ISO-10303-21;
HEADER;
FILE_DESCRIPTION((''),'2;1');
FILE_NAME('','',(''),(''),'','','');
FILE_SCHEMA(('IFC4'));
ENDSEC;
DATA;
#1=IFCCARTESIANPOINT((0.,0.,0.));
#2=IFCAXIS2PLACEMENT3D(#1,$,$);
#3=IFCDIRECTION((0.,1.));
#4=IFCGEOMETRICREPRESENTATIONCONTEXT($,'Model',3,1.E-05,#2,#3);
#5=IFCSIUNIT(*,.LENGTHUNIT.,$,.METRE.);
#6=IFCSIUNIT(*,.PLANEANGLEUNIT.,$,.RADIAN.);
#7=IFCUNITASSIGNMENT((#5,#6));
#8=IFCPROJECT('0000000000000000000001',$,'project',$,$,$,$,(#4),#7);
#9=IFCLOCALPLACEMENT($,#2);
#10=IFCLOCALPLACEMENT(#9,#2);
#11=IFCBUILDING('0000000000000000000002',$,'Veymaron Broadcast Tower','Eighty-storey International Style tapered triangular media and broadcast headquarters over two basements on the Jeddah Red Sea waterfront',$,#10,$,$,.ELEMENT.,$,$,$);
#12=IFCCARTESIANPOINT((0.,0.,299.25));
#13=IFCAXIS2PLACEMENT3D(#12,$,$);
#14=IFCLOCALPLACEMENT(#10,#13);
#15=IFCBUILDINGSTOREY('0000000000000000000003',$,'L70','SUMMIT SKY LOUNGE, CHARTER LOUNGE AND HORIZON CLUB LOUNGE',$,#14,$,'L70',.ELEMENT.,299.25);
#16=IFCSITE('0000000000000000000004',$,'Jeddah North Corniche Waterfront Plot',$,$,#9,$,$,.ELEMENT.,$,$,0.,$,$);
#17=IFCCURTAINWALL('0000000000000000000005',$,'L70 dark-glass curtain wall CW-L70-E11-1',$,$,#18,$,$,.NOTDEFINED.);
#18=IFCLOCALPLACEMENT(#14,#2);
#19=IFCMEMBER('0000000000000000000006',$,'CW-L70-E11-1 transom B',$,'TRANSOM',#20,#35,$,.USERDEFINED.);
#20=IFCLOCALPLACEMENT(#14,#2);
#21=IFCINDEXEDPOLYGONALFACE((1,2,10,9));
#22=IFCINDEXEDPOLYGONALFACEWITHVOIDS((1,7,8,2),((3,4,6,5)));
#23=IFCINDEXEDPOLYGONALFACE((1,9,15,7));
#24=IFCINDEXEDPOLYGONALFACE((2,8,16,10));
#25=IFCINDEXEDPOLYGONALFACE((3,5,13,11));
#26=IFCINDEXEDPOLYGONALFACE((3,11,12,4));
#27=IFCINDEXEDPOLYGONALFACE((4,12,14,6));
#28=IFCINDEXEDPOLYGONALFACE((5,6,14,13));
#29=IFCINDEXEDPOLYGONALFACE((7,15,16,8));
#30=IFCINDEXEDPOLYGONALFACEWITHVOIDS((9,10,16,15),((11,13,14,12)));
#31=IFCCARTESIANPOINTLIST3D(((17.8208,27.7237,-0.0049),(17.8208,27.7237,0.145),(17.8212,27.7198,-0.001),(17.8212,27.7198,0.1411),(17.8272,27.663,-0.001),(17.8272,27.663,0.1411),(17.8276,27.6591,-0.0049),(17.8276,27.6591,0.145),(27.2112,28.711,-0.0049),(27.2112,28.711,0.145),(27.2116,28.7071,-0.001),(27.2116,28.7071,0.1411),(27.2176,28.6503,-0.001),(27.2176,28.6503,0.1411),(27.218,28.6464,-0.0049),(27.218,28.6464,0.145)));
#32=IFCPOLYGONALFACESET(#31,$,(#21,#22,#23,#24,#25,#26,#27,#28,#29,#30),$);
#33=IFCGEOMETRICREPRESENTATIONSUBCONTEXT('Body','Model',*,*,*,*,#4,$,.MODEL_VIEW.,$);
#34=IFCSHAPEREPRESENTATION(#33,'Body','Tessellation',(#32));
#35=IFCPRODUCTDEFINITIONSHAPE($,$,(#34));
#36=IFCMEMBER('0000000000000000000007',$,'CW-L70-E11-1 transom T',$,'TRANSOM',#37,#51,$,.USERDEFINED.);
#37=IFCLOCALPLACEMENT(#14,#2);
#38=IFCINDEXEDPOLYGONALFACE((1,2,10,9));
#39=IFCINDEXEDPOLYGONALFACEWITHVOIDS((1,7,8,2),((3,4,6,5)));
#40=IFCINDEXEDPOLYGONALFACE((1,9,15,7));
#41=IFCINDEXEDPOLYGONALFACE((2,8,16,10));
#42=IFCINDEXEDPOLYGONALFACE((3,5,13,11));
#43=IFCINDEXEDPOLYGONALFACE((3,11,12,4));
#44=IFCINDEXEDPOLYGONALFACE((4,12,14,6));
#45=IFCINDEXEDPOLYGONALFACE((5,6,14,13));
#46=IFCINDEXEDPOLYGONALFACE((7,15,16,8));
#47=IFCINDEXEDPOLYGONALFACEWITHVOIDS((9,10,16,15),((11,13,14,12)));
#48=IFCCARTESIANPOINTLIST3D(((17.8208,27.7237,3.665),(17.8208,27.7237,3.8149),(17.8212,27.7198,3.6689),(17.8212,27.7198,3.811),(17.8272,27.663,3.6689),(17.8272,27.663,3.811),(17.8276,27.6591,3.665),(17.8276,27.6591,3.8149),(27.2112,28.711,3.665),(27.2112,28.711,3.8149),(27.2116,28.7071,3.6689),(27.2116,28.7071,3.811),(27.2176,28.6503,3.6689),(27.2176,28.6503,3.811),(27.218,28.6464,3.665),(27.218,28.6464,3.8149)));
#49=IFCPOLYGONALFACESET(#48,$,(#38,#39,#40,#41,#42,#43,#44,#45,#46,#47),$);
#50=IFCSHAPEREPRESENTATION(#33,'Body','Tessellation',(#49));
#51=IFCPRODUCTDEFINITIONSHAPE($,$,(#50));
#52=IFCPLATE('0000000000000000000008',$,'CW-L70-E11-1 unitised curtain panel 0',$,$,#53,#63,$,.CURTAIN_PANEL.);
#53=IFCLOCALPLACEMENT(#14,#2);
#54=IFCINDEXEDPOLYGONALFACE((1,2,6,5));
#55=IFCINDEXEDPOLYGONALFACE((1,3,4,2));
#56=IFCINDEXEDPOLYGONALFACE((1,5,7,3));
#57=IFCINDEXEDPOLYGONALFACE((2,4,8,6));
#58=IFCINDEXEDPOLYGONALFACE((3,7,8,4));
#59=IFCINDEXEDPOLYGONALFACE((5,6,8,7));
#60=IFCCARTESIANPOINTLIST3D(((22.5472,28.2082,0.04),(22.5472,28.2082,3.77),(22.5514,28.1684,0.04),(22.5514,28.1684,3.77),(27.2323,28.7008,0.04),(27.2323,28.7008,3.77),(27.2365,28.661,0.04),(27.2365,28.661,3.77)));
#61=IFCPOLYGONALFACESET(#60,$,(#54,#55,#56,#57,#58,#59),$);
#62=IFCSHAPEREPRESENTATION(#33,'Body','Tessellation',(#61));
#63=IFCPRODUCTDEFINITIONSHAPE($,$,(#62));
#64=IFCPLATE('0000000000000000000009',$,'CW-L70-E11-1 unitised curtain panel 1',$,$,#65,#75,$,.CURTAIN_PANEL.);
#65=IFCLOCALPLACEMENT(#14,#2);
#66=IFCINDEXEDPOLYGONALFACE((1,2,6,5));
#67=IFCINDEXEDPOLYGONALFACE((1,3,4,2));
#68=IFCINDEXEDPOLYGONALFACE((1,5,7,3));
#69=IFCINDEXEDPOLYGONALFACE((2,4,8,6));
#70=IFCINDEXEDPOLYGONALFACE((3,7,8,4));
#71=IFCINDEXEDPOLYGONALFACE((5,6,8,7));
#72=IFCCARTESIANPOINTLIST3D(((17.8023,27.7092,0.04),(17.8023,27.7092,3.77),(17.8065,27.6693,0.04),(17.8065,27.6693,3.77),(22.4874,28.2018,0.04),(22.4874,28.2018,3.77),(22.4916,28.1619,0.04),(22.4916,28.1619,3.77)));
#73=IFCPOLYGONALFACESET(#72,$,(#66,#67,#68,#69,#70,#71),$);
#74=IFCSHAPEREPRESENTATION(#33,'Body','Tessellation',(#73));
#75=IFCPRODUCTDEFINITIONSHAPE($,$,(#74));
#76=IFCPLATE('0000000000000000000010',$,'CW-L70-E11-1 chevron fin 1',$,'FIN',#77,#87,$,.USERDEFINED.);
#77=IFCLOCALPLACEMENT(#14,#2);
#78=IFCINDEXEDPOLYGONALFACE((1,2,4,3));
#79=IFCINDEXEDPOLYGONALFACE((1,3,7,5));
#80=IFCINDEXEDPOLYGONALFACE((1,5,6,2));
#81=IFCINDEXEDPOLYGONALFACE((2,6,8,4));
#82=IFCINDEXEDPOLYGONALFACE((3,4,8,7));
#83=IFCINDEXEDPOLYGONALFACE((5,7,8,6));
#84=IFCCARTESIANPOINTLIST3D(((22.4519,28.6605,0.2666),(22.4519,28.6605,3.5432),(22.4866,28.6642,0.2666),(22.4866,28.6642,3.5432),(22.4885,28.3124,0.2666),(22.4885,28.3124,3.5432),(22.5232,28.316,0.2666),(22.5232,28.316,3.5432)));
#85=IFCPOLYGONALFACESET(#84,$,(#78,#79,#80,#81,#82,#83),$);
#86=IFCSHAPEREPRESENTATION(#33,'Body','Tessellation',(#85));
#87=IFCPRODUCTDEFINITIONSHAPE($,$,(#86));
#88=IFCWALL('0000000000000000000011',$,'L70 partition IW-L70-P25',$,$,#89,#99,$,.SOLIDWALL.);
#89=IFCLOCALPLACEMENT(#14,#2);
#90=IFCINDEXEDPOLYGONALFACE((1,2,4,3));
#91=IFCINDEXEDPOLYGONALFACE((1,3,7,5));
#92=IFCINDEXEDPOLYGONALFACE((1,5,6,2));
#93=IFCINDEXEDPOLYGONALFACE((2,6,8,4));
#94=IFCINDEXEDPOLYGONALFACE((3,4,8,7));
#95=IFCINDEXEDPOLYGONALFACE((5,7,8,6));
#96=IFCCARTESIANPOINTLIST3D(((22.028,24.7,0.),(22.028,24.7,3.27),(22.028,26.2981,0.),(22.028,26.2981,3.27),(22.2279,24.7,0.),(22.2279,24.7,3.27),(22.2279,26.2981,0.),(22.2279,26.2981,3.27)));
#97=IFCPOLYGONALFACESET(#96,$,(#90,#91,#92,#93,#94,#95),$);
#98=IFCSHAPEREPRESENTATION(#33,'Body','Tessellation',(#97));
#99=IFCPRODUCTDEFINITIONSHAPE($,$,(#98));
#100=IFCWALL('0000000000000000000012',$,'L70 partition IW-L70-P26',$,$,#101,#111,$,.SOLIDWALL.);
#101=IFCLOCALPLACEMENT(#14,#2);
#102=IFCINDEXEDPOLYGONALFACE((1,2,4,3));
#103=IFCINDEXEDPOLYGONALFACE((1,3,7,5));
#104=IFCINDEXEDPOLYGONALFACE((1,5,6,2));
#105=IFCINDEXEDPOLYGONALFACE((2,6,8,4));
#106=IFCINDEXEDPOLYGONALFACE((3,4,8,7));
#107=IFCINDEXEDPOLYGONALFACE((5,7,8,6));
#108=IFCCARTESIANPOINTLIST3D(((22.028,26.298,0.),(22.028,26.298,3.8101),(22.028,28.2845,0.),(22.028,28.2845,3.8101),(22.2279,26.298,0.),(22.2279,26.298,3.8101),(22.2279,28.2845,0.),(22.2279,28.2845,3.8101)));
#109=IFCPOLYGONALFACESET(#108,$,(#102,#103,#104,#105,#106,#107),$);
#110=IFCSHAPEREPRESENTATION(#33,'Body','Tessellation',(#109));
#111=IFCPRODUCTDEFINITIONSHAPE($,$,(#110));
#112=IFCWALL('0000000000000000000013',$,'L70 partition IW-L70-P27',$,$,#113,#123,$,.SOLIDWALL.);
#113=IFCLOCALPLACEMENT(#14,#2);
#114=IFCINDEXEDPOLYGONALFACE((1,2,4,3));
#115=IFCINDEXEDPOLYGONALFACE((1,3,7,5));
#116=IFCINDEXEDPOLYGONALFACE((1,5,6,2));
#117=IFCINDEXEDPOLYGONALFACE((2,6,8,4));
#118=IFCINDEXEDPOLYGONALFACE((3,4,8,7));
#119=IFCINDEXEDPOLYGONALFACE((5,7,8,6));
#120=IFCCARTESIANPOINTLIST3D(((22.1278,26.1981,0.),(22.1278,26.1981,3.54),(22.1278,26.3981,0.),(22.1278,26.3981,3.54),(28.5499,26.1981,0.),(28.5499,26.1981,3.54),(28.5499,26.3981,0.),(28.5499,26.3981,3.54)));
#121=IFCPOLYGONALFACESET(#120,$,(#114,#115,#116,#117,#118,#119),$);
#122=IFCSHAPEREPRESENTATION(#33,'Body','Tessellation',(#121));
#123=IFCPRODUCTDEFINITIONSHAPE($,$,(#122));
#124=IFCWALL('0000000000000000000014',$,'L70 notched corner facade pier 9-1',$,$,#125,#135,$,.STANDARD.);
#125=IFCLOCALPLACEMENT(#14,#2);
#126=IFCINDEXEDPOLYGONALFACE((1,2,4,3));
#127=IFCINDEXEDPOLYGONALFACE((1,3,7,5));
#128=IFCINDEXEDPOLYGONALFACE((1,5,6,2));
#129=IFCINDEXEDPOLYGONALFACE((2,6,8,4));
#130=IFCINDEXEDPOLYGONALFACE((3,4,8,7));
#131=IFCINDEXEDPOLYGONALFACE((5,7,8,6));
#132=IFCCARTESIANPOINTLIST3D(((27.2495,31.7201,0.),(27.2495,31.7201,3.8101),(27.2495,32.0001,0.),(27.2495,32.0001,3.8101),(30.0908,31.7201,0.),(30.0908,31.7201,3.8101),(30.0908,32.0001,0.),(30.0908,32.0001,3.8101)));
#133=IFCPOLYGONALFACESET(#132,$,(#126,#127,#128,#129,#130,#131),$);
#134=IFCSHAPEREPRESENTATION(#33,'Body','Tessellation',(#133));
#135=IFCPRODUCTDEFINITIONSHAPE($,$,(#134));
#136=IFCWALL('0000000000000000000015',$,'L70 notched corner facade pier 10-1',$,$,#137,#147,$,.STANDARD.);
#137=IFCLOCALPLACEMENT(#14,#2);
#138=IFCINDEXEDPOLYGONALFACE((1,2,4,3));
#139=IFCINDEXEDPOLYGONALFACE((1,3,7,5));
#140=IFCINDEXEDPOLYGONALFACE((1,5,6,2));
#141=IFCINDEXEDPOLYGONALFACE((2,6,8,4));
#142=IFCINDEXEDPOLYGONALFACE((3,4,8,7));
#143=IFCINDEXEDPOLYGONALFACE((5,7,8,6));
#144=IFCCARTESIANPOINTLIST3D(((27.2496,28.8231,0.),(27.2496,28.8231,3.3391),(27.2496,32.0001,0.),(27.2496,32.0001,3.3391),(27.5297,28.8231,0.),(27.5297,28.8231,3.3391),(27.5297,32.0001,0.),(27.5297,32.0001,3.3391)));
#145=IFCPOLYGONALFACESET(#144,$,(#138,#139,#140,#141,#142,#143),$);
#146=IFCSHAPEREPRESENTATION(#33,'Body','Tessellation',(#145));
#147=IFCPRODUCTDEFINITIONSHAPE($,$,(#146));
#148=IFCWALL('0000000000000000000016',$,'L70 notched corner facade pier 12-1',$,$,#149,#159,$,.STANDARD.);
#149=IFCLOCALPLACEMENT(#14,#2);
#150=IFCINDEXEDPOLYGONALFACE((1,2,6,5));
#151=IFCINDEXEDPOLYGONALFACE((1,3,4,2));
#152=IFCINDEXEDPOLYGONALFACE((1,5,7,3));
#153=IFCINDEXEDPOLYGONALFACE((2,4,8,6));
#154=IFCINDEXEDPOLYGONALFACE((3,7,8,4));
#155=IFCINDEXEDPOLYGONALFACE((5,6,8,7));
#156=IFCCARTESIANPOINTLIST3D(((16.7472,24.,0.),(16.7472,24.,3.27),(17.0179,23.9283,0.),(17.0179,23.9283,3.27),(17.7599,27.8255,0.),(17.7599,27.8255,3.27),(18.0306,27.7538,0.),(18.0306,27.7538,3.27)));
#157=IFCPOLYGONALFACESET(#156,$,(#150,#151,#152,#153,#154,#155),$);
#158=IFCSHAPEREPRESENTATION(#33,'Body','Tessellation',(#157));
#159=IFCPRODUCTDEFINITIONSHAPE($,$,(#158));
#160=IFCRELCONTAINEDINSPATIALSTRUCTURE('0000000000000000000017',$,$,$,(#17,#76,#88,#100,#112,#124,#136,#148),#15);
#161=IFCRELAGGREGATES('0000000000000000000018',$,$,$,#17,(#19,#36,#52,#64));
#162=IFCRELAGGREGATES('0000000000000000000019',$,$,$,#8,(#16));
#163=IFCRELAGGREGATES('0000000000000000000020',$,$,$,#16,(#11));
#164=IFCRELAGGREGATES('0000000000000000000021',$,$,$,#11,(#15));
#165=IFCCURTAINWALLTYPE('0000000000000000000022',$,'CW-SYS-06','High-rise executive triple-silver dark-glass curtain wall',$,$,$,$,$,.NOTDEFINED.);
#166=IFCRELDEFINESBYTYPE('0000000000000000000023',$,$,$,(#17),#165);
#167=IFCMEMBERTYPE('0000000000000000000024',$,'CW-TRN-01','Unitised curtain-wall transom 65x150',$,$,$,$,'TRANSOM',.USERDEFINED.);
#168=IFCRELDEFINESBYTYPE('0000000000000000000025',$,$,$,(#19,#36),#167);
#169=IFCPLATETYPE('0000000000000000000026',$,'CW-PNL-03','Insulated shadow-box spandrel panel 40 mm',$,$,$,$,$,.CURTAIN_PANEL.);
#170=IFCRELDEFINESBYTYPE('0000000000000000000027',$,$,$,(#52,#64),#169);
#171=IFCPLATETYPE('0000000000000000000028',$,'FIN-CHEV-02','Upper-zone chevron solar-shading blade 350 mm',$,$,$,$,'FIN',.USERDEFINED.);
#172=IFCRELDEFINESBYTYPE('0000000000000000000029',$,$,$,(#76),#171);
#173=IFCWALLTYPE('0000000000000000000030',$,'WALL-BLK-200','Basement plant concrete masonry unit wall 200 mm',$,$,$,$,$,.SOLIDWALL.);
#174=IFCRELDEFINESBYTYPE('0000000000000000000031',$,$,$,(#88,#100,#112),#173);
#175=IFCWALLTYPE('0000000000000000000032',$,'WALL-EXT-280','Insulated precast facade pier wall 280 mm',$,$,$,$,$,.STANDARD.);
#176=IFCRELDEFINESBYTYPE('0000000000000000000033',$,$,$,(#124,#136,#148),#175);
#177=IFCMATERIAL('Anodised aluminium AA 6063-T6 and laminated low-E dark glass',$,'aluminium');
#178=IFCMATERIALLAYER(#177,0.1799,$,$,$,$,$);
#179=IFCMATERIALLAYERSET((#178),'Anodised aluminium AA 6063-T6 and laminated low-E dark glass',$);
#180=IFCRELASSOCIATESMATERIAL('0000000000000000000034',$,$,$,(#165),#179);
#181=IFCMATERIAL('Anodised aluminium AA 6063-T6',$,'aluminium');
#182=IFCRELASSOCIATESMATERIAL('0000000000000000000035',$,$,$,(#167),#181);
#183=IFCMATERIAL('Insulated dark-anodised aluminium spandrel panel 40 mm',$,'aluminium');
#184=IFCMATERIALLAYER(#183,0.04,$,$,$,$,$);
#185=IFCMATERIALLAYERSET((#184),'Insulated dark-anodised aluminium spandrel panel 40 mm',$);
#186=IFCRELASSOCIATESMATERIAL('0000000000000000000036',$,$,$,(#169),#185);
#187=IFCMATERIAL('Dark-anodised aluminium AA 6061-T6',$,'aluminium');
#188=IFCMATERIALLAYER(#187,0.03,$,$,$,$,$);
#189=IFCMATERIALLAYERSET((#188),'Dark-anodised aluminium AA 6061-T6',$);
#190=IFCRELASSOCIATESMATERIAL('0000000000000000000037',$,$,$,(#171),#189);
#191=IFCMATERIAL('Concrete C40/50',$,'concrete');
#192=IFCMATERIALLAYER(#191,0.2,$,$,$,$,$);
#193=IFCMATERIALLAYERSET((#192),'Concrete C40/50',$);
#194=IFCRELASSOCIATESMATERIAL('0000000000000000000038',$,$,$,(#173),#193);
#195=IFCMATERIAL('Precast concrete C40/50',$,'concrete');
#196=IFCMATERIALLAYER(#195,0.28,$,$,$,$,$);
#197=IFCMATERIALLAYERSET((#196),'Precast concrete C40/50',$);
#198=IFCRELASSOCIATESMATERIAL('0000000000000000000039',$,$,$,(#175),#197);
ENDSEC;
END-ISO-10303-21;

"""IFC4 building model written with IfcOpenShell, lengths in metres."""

from ifc_helpers import new_model, si_unit, direction, frame, frame_2d, origin, origin_2d, place, context, subcontext, project, spatial, rectangle, hollow_rectangle, extrude, material, layer, layer_set, material_profile, profile_set, type_object, element, aggregate, save


model = new_model("IFC4")

# Units and contexts
model_context = context("Model", 3, precision=1e-05, world=origin(), true_north=direction((0.0, 1.0)))
body_context = subcontext(model_context, "Body", "Model", "MODEL_VIEW")
ifc_project = project(units=[si_unit("LENGTHUNIT", "METRE"), si_unit("PLANEANGLEUNIT", "RADIAN")], contexts=[model_context])

# Site, building, storey
site_placement = place(None, origin())
site = spatial("IfcSite", under=ifc_project, at=site_placement, Name="Jeddah North Corniche Waterfront Plot", CompositionType="ELEMENT", RefElevation=0.0)
building_placement = place(site_placement, origin())
building = spatial("IfcBuilding", under=site, at=building_placement, Name="Veymaron Broadcast Tower", Description="Eighty-storey International Style tapered triangular media and broadcast headquarters over two basements on the Jeddah Red Sea waterfront", CompositionType="ELEMENT")
storey_placement = place(building_placement, frame((0.0, 0.0, 299.25)))
storey = spatial("IfcBuildingStorey", under=building, at=storey_placement, Name="L70", Description="SUMMIT SKY LOUNGE, CHARTER LOUNGE AND HORIZON CLUB LOUNGE", LongName="L70", CompositionType="ELEMENT", Elevation=299.25)

# Shared definitions
ifc_material_1 = material(Name="Anodised aluminium AA 6063-T6 and laminated low-E dark glass", Category="aluminium")
ifc_layer_1 = layer(ifc_material_1, 0.1799)
ifc_layer_set_1 = layer_set([ifc_layer_1], Name="Anodised aluminium AA 6063-T6 and laminated low-E dark glass")
curtain_wall_type = type_object("IfcCurtainWallType", Name="CW-SYS-06", Description="High-rise executive triple-silver dark-glass curtain wall", PredefinedType="NOTDEFINED", material=ifc_layer_set_1)
ifc_material_2 = material(Name="Anodised aluminium AA 6063-T6", Category="aluminium")

# Curtain wall, members, plates
curtain_wall_1_placement = place(storey_placement, origin())
curtain_wall_1 = element("IfcCurtainWall", 1, at=curtain_wall_1_placement, inside=storey, type_object=curtain_wall_type, Name="L70 dark-glass curtain wall CW-L70-E11-1", PredefinedType="NOTDEFINED")
ifc_material_profile_1 = material_profile(ifc_material_2, hollow_rectangle(XDim=0.0649, YDim=0.1499, WallThickness=0.0039, at=origin_2d()), Name="AL150X65X4")
ifc_profile_set_1 = profile_set([ifc_material_profile_1], Name="Anodised aluminium AA 6063-T6")
member_type_1 = type_object("IfcMemberType", Name="CW-TRN-01", Description="Unitised curtain-wall transom 65x150", ElementType="TRANSOM", PredefinedType="USERDEFINED", material=ifc_profile_set_1)
member_1_placement = place(storey_placement, frame((27.2146, 28.6787, 0.0701), z_axis=(-0.994518, -0.104564, 0.0), x_axis=(0.104564, -0.994518, 0.0)))
member_1 = element("IfcMember", 2, at=member_1_placement, type_object=member_type_1, Name="CW-L70-E11-1 transom B", ObjectType="TRANSOM", PredefinedType="USERDEFINED", context=body_context, shape_type="SweptSolid", body=[
    extrude(hollow_rectangle(XDim=0.0649, YDim=0.1499, WallThickness=0.0039, at=origin_2d()), origin(), (0.0, 0.0, 1.0), 9.4421),
])
member_2_placement = place(storey_placement, frame((27.2146, 28.6787, 3.74), z_axis=(-0.994518, -0.104564, 0.0), x_axis=(0.104564, -0.994518, 0.0)))
member_2 = element("IfcMember", 3, at=member_2_placement, type_object=member_type_1, Name="CW-L70-E11-1 transom T", ObjectType="TRANSOM", PredefinedType="USERDEFINED", context=body_context, shape_type="SweptSolid", body=[
    extrude(hollow_rectangle(XDim=0.0649, YDim=0.1499, WallThickness=0.0039, at=origin_2d()), origin(), (0.0, 0.0, 1.0), 9.4421),
])
ifc_material_3 = material(Name="Insulated dark-anodised aluminium spandrel panel 40 mm", Category="aluminium")
ifc_layer_2 = layer(ifc_material_3, 0.04)
ifc_layer_set_2 = layer_set([ifc_layer_2], Name="Insulated dark-anodised aluminium spandrel panel 40 mm")
plate_type_1 = type_object("IfcPlateType", Name="CW-PNL-03", Description="Insulated shadow-box spandrel panel 40 mm", PredefinedType="CURTAIN_PANEL", material=ifc_layer_set_2)
plate_1_placement = place(storey_placement, frame((24.8918, 28.4346, 0.04), z_axis=(0.0, 0.0, 1.0), x_axis=(-0.994518, -0.104563, 0.0)))
plate_1 = element("IfcPlate", 4, at=plate_1_placement, type_object=plate_type_1, Name="CW-L70-E11-1 unitised curtain panel 0", PredefinedType="CURTAIN_PANEL", context=body_context, shape_type="SweptSolid", body=[
    extrude(rectangle(XDim=4.7109, YDim=0.04, at=origin_2d()), origin(), (0.0, 0.0, 1.0), 3.73),
])
plate_2_placement = place(storey_placement, frame((20.147, 27.9355, 0.04), z_axis=(0.0, 0.0, 1.0), x_axis=(-0.994518, -0.104563, 0.0)))
plate_2 = element("IfcPlate", 5, at=plate_2_placement, type_object=plate_type_1, Name="CW-L70-E11-1 unitised curtain panel 1", PredefinedType="CURTAIN_PANEL", context=body_context, shape_type="SweptSolid", body=[
    extrude(rectangle(XDim=4.7109, YDim=0.04, at=origin_2d()), origin(), (0.0, 0.0, 1.0), 3.73),
])
aggregate(curtain_wall_1, [member_1, member_2, plate_1, plate_2])

# Plate
ifc_material_4 = material(Name="Dark-anodised aluminium AA 6061-T6", Category="aluminium")
ifc_layer_3 = layer(ifc_material_4, 0.03)
ifc_layer_set_3 = layer_set([ifc_layer_3], Name="Dark-anodised aluminium AA 6061-T6")
plate_type_2 = type_object("IfcPlateType", Name="FIN-CHEV-02", Description="Upper-zone chevron solar-shading blade 350 mm", ElementType="FIN", PredefinedType="USERDEFINED", material=ifc_layer_set_3)
plate_3_placement = place(storey_placement, frame((22.4875, 28.4883, 0.2666), z_axis=(0.0, 0.0, 1.0), x_axis=(-0.104563, 0.994518, 0.0)))
element("IfcPlate", 6, at=plate_3_placement, inside=storey, type_object=plate_type_2, Name="CW-L70-E11-1 chevron fin 1", ObjectType="FIN", PredefinedType="USERDEFINED", context=body_context, shape_type="SweptSolid", body=[
    extrude(rectangle(XDim=0.3501, YDim=0.0349, at=origin_2d()), origin(), (0.0, 0.0, 1.0), 3.2766),
])

# Walls
ifc_material_5 = material(Name="Concrete C40/50", Category="concrete")
ifc_layer_4 = layer(ifc_material_5, 0.2)
ifc_layer_set_4 = layer_set([ifc_layer_4], Name="Concrete C40/50")
wall_type_1 = type_object("IfcWallType", Name="WALL-BLK-200", Description="Basement plant concrete masonry unit wall 200 mm", PredefinedType="SOLIDWALL", material=ifc_layer_set_4)
wall_1_placement = place(storey_placement, frame((22.1279, 24.7, 0.0), z_axis=(0.0, 0.0, 1.0), x_axis=(0.0, 1.0, 0.0)))
element("IfcWall", 7, at=wall_1_placement, inside=storey, type_object=wall_type_1, Name="L70 partition IW-L70-P25", PredefinedType="SOLIDWALL", context=body_context, shape_type="SweptSolid", body=[
    extrude(rectangle(XDim=1.5981, YDim=0.2, at=frame_2d((0.7991, 0.0))), origin(), (0.0, 0.0, 1.0), 3.27),
])
wall_2_placement = place(storey_placement, frame((22.1279, 26.2981, 0.0), z_axis=(0.0, 0.0, 1.0), x_axis=(0.0, 1.0, 0.0)))
element("IfcWall", 8, at=wall_2_placement, inside=storey, type_object=wall_type_1, Name="L70 partition IW-L70-P26", PredefinedType="SOLIDWALL", context=body_context, shape_type="SweptSolid", body=[
    extrude(rectangle(XDim=1.9866, YDim=0.2, at=frame_2d((0.9932, 0.0))), origin(), (0.0, 0.0, 1.0), 3.8101),
])
wall_3_placement = place(storey_placement, frame((22.1279, 26.2981, 0.0), z_axis=(0.0, 0.0, 1.0), x_axis=(1.0, 0.0, 0.0)))
element("IfcWall", 9, at=wall_3_placement, inside=storey, type_object=wall_type_1, Name="L70 partition IW-L70-P27", PredefinedType="SOLIDWALL", context=body_context, shape_type="SweptSolid", body=[
    extrude(rectangle(XDim=6.4221, YDim=0.2, at=frame_2d((3.2109, 0.0))), origin(), (0.0, 0.0, 1.0), 3.54),
])
ifc_material_6 = material(Name="Precast concrete C40/50", Category="concrete")
ifc_layer_5 = layer(ifc_material_6, 0.28)
ifc_layer_set_5 = layer_set([ifc_layer_5], Name="Precast concrete C40/50")
wall_type_2 = type_object("IfcWallType", Name="WALL-EXT-280", Description="Insulated precast facade pier wall 280 mm", PredefinedType="STANDARD", material=ifc_layer_set_5)
wall_4_placement = place(storey_placement, frame((30.0908, 31.8601, 0.0), z_axis=(0.0, 0.0, 1.0), x_axis=(-1.0, 0.0, 0.0)))
element("IfcWall", 10, at=wall_4_placement, inside=storey, type_object=wall_type_2, Name="L70 notched corner facade pier 9-1", PredefinedType="STANDARD", context=body_context, shape_type="SweptSolid", body=[
    extrude(rectangle(XDim=2.8413, YDim=0.28, at=frame_2d((1.4207, 0.0))), origin(), (0.0, 0.0, 1.0), 3.8101),
])
wall_5_placement = place(storey_placement, frame((27.3896, 32.0, 0.0), z_axis=(0.0, 0.0, 1.0), x_axis=(0.0, -1.0, 0.0)))
element("IfcWall", 11, at=wall_5_placement, inside=storey, type_object=wall_type_2, Name="L70 notched corner facade pier 10-1", PredefinedType="STANDARD", context=body_context, shape_type="SweptSolid", body=[
    extrude(rectangle(XDim=3.177, YDim=0.28, at=frame_2d((1.5884, 0.0))), origin(), (0.0, 0.0, 1.0), 3.3391),
])
wall_6_placement = place(storey_placement, frame((17.8953, 27.7896, 0.0), z_axis=(0.0, 0.0, 1.0), x_axis=(-0.255911, -0.9667, 0.0)))
element("IfcWall", 12, at=wall_6_placement, inside=storey, type_object=wall_type_2, Name="L70 notched corner facade pier 12-1", PredefinedType="STANDARD", context=body_context, shape_type="SweptSolid", body=[
    extrude(rectangle(XDim=3.9573, YDim=0.28, at=frame_2d((1.9785, 0.0))), origin(), (0.0, 0.0, 1.0), 3.27),
])

save(model, "model.ifc")
